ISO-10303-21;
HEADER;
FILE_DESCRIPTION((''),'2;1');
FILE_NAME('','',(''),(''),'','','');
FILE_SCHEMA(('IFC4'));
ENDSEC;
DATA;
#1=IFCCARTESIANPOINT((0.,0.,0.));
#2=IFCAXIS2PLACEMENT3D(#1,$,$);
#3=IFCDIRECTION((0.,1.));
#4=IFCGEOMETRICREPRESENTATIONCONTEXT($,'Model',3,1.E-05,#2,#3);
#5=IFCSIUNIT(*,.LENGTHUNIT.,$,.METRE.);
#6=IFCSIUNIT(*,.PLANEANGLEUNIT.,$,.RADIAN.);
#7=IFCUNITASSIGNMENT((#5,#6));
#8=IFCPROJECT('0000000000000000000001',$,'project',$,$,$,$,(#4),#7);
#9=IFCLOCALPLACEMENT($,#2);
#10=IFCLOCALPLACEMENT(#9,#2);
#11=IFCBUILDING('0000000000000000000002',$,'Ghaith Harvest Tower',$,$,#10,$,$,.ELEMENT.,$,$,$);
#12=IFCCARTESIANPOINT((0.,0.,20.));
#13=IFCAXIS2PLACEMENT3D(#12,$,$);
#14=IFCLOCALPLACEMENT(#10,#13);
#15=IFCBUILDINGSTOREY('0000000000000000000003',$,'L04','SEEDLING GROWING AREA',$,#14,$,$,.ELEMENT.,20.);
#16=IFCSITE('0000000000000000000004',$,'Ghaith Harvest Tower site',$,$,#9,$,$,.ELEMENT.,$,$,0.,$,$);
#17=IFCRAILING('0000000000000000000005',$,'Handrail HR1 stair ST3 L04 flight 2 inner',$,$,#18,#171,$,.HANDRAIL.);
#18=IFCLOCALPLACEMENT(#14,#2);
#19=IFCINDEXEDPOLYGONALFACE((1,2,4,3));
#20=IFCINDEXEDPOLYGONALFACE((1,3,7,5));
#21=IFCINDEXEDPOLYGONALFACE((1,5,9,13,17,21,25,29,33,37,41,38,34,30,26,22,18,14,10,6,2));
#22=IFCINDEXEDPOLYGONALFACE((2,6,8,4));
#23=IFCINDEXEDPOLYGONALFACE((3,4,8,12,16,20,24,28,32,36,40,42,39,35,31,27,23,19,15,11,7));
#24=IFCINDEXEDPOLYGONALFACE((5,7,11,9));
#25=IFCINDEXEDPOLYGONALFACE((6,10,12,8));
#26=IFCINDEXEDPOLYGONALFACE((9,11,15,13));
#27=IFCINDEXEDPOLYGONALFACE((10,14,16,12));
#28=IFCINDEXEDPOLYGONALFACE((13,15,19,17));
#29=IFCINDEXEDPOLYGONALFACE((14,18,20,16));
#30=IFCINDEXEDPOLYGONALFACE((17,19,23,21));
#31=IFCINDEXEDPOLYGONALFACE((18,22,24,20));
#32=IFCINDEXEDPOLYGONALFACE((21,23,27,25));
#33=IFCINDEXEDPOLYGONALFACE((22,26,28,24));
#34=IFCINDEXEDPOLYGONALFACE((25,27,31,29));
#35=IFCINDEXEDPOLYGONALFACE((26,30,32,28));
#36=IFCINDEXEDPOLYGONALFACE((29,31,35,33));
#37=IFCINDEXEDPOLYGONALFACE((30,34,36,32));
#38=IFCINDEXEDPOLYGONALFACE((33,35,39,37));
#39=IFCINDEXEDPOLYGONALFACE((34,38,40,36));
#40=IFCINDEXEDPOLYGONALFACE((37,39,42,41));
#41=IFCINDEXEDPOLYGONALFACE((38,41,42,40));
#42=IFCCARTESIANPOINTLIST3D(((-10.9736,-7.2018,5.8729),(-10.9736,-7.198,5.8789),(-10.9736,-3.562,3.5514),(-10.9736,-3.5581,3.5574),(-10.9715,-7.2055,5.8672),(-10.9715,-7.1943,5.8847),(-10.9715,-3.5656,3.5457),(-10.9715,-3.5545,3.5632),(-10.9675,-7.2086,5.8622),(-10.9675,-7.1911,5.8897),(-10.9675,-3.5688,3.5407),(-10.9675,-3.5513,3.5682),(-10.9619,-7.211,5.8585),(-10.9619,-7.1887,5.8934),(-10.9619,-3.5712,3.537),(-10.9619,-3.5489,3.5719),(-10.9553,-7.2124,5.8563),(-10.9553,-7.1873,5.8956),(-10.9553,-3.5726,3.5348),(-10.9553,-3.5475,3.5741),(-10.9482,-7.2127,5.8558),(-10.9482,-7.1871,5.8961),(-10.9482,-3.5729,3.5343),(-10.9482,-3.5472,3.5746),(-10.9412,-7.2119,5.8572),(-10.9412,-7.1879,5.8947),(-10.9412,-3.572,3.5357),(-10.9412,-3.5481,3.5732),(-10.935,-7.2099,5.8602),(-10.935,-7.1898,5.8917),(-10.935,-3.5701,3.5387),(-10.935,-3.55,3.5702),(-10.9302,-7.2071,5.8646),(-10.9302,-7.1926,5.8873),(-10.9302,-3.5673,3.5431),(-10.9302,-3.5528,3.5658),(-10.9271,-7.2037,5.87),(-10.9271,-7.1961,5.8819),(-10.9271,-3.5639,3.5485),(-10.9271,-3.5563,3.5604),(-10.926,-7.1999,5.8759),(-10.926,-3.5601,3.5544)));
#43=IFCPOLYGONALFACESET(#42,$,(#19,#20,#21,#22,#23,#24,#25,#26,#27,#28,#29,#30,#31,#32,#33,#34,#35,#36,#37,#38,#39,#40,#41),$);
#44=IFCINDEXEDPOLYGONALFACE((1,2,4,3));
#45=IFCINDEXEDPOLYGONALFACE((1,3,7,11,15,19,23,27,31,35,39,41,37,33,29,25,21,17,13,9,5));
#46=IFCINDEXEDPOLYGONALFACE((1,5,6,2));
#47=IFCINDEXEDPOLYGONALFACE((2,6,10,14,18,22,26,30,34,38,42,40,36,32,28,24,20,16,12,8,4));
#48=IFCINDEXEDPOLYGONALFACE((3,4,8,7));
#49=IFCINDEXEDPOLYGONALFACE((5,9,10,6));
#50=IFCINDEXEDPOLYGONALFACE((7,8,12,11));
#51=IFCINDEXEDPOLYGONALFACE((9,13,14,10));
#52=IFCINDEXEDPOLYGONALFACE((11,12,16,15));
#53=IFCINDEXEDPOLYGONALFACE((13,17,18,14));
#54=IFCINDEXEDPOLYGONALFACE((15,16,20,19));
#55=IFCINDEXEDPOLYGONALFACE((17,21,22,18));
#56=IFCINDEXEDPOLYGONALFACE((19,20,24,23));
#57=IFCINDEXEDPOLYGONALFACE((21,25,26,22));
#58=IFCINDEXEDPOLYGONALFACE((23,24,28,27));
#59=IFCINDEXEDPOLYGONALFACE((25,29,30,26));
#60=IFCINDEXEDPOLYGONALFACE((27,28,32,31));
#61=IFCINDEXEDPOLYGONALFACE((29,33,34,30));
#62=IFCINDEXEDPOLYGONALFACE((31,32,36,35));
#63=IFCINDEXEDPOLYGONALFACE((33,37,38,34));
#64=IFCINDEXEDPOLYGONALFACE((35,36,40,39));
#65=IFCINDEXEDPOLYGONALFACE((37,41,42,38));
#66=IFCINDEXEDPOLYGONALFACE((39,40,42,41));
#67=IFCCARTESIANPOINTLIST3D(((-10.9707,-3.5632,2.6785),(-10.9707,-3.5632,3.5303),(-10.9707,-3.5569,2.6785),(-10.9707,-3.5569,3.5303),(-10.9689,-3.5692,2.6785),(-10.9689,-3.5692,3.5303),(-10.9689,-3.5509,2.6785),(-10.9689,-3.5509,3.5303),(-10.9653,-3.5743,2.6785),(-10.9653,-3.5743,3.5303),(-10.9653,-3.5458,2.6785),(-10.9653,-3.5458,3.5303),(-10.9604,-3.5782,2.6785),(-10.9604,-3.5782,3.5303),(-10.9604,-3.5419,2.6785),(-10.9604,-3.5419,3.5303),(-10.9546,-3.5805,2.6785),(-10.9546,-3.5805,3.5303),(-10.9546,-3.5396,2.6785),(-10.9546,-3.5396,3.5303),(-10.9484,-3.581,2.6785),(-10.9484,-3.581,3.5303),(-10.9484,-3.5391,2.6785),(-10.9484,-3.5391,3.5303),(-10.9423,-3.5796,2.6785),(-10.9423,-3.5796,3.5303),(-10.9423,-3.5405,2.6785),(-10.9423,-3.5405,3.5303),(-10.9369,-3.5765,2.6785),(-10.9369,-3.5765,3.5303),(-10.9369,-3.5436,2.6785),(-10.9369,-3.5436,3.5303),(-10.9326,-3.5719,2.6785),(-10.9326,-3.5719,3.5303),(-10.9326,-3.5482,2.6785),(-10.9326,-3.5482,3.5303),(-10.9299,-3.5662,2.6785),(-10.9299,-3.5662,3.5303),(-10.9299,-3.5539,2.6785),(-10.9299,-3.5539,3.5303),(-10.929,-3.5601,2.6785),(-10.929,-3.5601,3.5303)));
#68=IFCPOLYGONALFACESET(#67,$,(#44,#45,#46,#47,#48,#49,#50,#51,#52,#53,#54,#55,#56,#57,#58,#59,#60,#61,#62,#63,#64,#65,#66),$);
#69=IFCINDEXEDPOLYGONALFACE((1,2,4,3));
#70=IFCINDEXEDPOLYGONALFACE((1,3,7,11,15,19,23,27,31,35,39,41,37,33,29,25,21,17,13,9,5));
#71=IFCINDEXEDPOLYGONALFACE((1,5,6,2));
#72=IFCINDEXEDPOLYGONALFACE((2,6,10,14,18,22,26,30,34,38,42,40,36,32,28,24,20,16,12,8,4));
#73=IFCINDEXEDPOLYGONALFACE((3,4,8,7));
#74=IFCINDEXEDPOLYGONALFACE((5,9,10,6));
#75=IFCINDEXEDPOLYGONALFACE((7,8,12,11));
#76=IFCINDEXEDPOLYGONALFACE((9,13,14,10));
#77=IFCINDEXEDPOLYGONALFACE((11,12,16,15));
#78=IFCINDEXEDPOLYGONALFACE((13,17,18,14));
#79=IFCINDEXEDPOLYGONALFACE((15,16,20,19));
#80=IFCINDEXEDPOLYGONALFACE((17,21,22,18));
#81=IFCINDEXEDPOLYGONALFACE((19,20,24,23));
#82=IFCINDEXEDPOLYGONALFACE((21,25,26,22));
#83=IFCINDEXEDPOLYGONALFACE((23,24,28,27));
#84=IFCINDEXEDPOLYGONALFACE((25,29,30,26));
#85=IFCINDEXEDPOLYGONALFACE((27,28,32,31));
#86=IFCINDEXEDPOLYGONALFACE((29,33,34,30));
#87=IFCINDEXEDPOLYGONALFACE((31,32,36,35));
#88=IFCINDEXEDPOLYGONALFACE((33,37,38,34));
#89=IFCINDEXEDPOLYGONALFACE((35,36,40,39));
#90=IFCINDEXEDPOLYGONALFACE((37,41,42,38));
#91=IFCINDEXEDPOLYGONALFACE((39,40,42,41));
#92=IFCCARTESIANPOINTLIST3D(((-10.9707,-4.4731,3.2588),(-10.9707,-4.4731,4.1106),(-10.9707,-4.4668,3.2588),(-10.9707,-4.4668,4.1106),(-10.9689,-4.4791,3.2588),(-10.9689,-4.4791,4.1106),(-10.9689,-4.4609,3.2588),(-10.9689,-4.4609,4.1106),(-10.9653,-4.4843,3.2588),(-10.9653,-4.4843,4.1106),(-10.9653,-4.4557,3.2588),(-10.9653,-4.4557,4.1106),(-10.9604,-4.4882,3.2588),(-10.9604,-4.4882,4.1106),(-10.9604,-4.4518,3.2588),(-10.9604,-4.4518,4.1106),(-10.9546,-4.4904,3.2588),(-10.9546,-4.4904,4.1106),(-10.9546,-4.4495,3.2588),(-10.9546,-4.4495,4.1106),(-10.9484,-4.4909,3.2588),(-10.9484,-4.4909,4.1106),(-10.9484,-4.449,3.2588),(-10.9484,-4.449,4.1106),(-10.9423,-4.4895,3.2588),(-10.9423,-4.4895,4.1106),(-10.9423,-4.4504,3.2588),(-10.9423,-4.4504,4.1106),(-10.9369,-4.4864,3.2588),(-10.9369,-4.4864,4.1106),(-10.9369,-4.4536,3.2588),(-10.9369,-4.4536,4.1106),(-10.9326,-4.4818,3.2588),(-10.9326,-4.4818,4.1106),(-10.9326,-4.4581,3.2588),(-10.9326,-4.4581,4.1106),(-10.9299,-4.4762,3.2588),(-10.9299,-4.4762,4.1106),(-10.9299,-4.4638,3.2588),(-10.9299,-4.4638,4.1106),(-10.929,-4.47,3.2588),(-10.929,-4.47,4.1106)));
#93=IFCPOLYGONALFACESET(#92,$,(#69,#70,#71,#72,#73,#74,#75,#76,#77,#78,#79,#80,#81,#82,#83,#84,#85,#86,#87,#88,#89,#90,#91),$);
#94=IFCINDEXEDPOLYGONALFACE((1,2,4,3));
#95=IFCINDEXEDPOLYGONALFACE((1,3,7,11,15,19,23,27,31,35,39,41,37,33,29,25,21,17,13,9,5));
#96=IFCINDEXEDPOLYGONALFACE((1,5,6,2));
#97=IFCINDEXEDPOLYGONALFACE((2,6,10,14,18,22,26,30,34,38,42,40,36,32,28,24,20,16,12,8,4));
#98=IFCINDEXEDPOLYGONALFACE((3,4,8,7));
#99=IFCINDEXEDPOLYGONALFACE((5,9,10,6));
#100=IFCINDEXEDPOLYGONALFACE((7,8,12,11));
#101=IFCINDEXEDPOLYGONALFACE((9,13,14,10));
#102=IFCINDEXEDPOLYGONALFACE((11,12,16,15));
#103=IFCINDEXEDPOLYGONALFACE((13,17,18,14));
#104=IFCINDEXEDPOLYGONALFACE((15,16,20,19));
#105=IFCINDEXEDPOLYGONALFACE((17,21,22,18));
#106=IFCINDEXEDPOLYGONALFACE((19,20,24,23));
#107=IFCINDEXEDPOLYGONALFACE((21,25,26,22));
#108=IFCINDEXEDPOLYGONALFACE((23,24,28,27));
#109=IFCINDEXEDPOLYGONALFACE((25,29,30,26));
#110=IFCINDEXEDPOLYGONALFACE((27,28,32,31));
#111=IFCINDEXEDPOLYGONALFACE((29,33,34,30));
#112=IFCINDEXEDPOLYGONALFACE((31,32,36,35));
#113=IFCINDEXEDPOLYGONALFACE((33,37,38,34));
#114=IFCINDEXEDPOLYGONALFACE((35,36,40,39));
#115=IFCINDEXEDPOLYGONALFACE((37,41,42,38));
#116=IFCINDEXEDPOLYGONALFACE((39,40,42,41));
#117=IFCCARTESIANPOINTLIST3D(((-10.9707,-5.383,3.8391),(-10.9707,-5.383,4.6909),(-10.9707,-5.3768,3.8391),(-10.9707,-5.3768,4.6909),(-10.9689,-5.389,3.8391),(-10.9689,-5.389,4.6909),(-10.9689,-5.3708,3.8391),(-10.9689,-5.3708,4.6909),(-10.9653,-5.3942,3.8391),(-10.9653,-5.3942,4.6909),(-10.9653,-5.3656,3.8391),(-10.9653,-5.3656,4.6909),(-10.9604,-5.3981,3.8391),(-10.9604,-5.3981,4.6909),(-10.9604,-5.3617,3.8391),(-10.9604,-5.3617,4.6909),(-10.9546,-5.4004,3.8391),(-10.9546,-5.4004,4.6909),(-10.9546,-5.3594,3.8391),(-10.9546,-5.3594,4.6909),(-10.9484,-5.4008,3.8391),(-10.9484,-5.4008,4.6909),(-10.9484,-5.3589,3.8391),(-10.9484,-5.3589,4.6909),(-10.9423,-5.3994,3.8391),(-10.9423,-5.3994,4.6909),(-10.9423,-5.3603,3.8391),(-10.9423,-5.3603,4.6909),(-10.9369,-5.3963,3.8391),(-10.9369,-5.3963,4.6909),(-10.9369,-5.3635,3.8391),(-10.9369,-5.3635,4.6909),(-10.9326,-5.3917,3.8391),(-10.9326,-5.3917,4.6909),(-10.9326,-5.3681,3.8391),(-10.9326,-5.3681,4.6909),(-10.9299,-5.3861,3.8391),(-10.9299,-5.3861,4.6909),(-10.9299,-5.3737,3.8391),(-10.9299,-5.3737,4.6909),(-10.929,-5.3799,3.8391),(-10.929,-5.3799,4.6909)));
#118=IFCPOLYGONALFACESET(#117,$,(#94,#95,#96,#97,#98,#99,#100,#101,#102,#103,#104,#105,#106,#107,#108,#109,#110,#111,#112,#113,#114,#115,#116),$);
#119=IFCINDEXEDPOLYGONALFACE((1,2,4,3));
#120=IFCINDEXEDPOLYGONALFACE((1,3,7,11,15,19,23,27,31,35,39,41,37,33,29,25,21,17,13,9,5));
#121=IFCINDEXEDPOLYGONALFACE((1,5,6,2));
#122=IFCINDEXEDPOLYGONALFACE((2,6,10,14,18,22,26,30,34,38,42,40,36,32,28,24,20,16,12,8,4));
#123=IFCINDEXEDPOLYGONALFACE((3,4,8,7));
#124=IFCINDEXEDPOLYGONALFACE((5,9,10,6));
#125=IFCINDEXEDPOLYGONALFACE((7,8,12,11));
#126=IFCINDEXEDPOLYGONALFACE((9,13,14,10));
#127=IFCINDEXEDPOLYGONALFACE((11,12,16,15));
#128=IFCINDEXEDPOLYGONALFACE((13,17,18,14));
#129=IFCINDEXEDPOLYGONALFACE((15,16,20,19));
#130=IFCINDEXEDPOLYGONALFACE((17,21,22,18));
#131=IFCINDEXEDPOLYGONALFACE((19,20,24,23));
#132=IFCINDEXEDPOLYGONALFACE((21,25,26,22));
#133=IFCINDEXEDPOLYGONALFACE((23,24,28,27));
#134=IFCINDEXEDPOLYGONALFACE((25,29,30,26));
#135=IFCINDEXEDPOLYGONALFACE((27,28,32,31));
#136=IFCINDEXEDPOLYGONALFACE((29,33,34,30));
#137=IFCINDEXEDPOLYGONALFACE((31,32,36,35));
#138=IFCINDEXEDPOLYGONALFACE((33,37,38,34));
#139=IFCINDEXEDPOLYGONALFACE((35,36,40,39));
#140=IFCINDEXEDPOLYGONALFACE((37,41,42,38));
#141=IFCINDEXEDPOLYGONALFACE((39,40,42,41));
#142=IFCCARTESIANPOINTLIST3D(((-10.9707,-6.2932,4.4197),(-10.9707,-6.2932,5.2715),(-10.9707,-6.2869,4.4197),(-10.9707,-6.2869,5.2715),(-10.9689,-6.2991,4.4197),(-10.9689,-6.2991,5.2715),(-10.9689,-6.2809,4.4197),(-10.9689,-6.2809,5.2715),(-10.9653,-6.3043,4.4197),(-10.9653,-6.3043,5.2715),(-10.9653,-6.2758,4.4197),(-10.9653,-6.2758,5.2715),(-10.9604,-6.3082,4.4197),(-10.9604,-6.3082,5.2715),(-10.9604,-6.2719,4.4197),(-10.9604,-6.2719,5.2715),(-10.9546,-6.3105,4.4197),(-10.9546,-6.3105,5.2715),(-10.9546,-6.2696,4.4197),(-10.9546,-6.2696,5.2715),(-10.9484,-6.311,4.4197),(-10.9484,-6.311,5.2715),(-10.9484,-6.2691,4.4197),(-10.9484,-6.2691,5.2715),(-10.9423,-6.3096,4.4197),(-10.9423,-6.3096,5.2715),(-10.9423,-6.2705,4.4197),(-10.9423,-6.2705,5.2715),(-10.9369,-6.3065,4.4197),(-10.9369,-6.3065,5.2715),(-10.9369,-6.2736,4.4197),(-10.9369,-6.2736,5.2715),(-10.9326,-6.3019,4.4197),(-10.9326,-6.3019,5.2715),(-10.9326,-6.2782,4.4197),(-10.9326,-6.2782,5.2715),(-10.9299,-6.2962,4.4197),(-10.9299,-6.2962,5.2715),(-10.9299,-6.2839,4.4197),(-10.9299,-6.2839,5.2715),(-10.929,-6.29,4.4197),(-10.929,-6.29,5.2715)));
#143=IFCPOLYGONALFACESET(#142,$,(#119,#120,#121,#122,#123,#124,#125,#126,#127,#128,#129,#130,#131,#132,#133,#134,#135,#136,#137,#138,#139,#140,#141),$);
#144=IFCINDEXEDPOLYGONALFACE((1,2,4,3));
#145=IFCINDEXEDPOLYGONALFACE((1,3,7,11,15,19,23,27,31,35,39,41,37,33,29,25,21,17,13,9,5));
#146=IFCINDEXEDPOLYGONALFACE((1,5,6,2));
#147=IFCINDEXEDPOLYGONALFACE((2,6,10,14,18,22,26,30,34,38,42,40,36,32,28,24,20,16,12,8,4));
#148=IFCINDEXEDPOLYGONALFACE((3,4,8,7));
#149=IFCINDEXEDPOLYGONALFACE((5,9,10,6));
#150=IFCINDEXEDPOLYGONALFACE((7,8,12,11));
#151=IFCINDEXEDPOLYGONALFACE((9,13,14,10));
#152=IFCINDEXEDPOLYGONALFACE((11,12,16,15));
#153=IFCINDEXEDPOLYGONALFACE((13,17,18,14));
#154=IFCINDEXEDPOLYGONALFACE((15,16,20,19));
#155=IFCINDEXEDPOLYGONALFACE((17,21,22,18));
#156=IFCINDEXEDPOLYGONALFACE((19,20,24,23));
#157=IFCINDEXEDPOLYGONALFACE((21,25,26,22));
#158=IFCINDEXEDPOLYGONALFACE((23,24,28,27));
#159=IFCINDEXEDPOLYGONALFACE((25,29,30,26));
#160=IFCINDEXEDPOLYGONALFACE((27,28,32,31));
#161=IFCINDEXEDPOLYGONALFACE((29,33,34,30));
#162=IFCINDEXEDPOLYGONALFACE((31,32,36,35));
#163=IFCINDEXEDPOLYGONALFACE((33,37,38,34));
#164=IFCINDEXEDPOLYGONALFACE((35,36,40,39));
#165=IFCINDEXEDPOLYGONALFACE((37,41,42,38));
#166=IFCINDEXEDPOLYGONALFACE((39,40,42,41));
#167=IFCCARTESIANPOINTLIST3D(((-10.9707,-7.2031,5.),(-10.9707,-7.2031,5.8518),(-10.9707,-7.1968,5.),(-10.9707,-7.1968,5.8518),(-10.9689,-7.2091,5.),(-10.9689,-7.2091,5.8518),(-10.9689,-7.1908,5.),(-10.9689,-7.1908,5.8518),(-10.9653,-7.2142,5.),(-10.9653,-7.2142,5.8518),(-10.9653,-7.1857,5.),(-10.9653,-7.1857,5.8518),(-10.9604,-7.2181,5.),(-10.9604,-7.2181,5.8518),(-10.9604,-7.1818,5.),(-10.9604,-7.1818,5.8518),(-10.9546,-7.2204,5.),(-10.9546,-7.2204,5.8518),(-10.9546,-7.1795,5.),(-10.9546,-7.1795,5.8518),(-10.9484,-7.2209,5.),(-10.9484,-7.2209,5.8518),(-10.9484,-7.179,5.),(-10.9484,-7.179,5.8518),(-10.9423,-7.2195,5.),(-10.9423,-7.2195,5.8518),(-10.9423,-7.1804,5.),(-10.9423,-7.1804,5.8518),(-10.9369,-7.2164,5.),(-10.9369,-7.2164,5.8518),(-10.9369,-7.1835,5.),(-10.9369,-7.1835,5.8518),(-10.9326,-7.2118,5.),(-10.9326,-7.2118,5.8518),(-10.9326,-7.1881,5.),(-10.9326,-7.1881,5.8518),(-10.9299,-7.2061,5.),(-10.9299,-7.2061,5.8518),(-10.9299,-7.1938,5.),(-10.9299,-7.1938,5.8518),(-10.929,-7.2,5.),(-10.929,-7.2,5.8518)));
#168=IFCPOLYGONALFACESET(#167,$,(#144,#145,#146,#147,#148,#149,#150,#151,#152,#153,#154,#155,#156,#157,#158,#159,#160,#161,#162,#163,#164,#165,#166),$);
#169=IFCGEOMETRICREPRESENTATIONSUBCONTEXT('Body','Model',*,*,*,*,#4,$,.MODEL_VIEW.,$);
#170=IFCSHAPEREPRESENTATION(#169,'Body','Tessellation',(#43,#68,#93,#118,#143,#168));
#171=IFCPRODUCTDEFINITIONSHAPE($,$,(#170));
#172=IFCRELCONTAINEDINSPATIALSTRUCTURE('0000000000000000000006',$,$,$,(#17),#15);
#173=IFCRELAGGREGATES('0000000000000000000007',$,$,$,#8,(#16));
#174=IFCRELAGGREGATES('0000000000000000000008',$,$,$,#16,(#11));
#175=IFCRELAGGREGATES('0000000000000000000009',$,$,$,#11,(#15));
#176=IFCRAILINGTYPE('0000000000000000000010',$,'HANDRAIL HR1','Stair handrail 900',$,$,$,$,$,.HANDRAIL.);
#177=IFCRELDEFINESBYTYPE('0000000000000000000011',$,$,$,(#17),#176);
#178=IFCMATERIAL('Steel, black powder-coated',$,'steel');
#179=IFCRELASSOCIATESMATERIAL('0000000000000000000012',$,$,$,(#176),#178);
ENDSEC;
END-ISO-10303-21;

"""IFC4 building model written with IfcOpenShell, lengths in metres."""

from ifc_helpers import new_model, si_unit, direction, frame, origin, origin_2d, place, context, subcontext, project, spatial, circle, extrude, material, type_object, element, save


model = new_model("IFC4")

# Units and contexts
model_context = context("Model", 3, precision=1e-05, world=origin(), true_north=direction((0.0, 1.0)))
body_context = subcontext(model_context, "Body", "Model", "MODEL_VIEW")
ifc_project = project(units=[si_unit("LENGTHUNIT", "METRE"), si_unit("PLANEANGLEUNIT", "RADIAN")], contexts=[model_context])

# Site, building, storey
site_placement = place(None, origin())
site = spatial("IfcSite", under=ifc_project, at=site_placement, Name="Ghaith Harvest Tower site", CompositionType="ELEMENT", RefElevation=0.0)
building_placement = place(site_placement, origin())
building = spatial("IfcBuilding", under=site, at=building_placement, Name="Ghaith Harvest Tower", CompositionType="ELEMENT")
storey_placement = place(building_placement, frame((0.0, 0.0, 20.0)))
storey = spatial("IfcBuildingStorey", under=building, at=storey_placement, Name="L04", Description="SEEDLING GROWING AREA", CompositionType="ELEMENT", Elevation=20.0)

# Railing
ifc_material_1 = material(Name="Steel, black powder-coated", Category="steel")
railing_type = type_object("IfcRailingType", Name="HANDRAIL HR1", Description="Stair handrail 900", PredefinedType="HANDRAIL", material=ifc_material_1)
railing_1_placement = place(storey_placement, frame((-10.95, -3.5601, 2.6785)))
element("IfcRailing", 1, at=railing_1_placement, inside=storey, type_object=railing_type, Name="Handrail HR1 stair ST3 L04 flight 2 inner", PredefinedType="HANDRAIL", context=body_context, shape_type="SweptSolid", body=[
    extrude(circle(Radius=0.0239, at=origin_2d()), frame((0.0, 0.0, 0.876), z_axis=(0.0, -0.843112, 0.537739), x_axis=(1.0, 0.0, 0.0)), (0.0, 0.0, 1.0), 4.3171),
    extrude(circle(Radius=0.021, at=origin_2d()), origin(), (0.0, 0.0, 1.0), 0.8518),
    extrude(circle(Radius=0.021, at=origin_2d()), frame((0.0, -0.9099, 0.5803)), (0.0, 0.0, 1.0), 0.8518),
    extrude(circle(Radius=0.021, at=origin_2d()), frame((0.0, -1.8198, 1.1606)), (0.0, 0.0, 1.0), 0.8518),
    extrude(circle(Radius=0.021, at=origin_2d()), frame((0.0, -2.73, 1.7412)), (0.0, 0.0, 1.0), 0.8518),
    extrude(circle(Radius=0.021, at=origin_2d()), frame((0.0, -3.6399, 2.3215)), (0.0, 0.0, 1.0), 0.8518),
])

save(model, "model.ifc")
